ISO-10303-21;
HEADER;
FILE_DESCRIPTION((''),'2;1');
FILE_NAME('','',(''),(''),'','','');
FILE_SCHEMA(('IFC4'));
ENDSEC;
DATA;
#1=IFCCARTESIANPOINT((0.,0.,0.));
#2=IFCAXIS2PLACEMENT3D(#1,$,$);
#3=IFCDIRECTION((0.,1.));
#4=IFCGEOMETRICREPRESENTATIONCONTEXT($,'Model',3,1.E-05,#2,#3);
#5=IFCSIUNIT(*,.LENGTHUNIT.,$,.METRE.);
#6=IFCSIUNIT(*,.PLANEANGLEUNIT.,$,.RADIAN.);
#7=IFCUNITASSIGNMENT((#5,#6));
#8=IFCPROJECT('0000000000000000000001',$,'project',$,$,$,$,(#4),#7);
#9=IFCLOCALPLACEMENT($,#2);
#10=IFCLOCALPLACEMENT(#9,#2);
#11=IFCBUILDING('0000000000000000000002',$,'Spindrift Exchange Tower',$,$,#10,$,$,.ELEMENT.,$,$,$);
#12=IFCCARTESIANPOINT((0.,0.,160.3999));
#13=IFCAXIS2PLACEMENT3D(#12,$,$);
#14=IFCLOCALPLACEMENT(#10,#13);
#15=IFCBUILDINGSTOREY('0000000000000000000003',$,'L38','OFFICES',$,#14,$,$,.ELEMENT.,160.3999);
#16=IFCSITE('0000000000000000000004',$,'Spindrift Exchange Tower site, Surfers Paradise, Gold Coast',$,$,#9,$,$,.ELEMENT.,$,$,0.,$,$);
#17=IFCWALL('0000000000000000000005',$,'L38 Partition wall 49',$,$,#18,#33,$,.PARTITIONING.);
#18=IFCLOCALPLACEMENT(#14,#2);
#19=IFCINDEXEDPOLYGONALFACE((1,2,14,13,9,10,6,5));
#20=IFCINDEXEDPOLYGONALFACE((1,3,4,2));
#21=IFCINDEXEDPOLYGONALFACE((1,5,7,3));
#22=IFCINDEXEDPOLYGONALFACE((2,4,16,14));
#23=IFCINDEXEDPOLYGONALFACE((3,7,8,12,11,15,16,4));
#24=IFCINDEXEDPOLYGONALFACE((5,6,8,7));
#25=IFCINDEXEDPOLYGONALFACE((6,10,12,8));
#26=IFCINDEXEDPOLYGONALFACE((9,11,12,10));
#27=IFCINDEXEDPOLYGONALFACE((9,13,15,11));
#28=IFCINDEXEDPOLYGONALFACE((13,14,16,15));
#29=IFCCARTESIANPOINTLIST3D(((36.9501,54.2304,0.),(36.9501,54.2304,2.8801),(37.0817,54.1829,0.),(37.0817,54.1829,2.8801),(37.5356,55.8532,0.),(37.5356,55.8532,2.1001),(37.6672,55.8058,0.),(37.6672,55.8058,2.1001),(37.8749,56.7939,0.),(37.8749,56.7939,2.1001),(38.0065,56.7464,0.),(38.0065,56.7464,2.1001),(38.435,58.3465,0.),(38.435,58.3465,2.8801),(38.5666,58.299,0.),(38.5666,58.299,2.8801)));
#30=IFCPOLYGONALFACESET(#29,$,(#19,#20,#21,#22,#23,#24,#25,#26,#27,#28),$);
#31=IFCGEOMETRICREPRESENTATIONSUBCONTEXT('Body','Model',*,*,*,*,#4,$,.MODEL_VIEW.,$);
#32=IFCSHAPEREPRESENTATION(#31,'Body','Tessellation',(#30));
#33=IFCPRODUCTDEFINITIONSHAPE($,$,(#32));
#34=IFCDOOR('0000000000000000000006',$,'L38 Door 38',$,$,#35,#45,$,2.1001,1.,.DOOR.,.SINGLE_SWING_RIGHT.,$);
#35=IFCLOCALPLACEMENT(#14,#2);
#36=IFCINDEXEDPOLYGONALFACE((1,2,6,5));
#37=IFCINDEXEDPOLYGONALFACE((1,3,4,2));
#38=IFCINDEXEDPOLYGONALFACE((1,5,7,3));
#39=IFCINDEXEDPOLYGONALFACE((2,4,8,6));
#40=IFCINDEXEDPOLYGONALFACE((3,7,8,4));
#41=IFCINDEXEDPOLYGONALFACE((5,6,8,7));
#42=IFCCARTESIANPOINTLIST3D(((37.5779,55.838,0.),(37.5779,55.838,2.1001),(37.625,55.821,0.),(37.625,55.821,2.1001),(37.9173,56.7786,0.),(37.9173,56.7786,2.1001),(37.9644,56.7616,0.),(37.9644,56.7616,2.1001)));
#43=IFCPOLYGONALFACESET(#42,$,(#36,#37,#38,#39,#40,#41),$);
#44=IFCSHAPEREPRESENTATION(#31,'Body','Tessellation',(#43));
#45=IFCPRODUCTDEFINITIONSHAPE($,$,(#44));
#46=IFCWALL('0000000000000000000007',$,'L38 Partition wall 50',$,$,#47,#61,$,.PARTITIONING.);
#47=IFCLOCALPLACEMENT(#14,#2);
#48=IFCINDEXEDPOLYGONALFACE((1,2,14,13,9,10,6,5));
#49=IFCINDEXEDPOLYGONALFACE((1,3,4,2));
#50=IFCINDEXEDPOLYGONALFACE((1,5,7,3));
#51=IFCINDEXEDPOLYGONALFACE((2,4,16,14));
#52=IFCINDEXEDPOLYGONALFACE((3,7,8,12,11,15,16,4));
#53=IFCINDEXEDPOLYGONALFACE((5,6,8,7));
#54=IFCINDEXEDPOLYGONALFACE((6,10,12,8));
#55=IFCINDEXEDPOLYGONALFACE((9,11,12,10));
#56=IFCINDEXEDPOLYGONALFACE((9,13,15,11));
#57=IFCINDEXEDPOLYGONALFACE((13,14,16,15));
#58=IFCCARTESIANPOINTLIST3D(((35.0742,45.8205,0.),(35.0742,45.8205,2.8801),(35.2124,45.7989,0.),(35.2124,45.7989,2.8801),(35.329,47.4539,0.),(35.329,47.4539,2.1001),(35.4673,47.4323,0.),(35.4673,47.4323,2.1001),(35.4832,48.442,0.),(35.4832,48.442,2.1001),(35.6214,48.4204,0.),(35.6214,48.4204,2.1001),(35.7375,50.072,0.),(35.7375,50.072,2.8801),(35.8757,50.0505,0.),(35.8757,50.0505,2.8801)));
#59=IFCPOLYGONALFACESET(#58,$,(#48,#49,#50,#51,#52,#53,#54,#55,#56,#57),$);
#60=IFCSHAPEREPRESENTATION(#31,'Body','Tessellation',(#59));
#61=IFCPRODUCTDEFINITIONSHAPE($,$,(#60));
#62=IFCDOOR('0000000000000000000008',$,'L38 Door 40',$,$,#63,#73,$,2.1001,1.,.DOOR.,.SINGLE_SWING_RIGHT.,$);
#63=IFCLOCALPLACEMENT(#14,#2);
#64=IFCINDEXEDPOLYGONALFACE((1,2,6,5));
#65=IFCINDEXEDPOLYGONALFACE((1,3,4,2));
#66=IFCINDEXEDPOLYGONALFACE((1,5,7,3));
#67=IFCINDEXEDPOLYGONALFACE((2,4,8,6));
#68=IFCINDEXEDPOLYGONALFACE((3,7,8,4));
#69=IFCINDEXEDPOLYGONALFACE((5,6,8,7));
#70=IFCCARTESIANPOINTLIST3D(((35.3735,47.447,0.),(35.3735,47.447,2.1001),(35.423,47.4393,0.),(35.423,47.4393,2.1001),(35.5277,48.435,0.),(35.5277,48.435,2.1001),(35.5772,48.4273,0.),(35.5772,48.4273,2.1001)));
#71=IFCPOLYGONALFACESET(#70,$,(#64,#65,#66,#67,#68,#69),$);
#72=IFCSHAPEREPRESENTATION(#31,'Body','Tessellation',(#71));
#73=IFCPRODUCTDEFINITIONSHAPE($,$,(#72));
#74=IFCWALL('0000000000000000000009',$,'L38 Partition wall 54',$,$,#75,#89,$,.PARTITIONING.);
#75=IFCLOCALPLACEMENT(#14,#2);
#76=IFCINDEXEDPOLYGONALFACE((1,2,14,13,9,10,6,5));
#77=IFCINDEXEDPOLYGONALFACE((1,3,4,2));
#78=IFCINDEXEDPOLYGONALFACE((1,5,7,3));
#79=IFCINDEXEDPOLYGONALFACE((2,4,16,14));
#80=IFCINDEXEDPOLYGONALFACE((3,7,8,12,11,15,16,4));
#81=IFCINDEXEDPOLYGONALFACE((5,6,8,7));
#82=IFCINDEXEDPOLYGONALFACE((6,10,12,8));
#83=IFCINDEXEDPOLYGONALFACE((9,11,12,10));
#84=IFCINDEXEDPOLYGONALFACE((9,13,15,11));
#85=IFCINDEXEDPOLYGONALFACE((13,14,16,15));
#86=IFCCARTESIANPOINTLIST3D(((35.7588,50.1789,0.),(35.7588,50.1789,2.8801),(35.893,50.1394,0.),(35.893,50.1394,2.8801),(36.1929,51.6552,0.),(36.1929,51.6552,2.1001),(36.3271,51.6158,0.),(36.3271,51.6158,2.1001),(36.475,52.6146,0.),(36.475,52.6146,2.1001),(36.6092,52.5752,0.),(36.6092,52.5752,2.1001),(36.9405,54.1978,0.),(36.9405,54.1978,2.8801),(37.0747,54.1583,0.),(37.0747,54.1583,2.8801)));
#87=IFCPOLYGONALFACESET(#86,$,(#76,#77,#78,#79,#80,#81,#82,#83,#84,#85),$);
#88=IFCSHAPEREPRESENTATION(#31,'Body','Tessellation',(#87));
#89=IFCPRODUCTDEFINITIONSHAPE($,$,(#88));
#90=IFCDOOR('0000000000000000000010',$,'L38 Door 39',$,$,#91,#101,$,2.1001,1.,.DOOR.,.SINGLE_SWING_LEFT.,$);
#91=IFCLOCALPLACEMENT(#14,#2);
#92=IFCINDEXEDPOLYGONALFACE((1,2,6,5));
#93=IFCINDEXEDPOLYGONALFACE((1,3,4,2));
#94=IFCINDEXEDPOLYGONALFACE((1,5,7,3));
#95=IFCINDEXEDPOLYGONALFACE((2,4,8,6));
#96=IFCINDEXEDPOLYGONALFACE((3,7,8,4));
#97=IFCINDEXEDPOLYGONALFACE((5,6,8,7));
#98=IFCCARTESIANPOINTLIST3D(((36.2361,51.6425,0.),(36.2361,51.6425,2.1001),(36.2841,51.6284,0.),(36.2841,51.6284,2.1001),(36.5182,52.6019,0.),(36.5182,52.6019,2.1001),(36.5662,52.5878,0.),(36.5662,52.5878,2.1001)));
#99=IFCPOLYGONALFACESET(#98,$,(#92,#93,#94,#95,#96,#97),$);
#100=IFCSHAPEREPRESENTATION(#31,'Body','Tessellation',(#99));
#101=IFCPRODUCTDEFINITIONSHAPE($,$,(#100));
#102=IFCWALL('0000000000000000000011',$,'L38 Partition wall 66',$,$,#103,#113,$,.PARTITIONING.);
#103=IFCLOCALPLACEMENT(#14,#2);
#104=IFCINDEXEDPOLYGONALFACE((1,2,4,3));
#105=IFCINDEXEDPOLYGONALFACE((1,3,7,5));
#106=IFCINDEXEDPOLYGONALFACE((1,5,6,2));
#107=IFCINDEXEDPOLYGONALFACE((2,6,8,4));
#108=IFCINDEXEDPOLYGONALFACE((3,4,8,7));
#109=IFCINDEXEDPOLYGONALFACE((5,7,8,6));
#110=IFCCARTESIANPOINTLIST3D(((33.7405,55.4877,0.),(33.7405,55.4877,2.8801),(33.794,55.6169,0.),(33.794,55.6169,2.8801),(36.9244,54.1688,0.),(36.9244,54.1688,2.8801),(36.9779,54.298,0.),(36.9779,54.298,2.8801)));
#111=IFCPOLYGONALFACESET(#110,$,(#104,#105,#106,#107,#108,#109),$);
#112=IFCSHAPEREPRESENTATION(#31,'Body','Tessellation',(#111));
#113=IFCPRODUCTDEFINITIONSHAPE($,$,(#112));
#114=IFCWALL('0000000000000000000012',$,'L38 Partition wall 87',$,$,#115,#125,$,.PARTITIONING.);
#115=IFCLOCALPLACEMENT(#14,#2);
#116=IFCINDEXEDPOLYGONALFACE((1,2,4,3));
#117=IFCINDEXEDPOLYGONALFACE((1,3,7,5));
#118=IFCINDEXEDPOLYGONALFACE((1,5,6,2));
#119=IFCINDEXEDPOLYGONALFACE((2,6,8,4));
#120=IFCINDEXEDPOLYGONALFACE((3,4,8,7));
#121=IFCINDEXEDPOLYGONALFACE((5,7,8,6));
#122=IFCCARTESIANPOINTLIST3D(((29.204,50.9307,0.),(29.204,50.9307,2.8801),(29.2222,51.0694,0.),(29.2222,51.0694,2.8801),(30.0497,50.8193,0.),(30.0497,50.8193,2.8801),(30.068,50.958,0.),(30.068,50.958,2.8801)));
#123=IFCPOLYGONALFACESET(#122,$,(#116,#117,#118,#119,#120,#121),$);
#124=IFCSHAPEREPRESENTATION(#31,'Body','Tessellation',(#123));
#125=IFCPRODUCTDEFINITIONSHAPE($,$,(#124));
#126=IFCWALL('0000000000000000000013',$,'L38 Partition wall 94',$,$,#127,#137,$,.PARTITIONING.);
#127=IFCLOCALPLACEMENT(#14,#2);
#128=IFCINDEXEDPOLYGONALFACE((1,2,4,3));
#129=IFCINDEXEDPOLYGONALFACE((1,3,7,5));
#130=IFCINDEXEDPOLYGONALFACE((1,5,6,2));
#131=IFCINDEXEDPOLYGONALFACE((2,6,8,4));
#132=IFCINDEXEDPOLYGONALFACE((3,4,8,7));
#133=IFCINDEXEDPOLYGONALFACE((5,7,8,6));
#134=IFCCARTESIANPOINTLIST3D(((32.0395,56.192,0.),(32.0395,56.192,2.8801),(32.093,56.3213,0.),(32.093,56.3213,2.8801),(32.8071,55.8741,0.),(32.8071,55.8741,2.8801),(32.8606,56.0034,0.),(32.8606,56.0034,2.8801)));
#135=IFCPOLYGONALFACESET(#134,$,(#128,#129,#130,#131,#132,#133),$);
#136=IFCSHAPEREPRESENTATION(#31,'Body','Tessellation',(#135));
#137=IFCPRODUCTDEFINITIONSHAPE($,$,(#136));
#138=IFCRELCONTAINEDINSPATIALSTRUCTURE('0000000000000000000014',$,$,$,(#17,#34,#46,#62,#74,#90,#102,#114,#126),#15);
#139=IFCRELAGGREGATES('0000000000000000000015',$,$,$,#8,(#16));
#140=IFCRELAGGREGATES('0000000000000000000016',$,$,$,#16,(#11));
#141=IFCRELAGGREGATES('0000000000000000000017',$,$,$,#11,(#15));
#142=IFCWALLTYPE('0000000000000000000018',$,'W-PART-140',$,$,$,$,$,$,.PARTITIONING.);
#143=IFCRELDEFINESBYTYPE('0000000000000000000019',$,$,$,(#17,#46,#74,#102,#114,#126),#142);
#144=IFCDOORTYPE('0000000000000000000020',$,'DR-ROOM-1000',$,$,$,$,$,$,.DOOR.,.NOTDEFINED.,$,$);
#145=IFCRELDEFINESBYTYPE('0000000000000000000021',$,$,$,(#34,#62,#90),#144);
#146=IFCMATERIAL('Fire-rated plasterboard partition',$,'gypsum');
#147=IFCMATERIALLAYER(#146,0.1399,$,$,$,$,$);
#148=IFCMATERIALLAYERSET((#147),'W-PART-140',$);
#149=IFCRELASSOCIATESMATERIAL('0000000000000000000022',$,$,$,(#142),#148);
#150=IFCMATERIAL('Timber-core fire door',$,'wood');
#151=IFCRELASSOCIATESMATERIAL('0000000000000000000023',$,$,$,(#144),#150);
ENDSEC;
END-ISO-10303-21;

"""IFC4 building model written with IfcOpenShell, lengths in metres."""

from ifc_helpers import new_model, si_unit, direction, frame, frame_2d, origin, place, context, subcontext, project, spatial, rectangle, extrude, source, transform, mapped, material, layer, layer_set, type_object, element, fill, save


model = new_model("IFC4")

# Units and contexts
model_context = context("Model", 3, precision=1e-05, world=origin(), true_north=direction((0.0, 1.0)))
body_context = subcontext(model_context, "Body", "Model", "MODEL_VIEW")
ifc_project = project(units=[si_unit("LENGTHUNIT", "METRE"), si_unit("PLANEANGLEUNIT", "RADIAN")], contexts=[model_context])

# Site, building, storey
site_placement = place(None, origin())
site = spatial("IfcSite", under=ifc_project, at=site_placement, Name="Spindrift Exchange Tower site, Surfers Paradise, Gold Coast", CompositionType="ELEMENT", RefElevation=0.0)
building_placement = place(site_placement, origin())
building = spatial("IfcBuilding", under=site, at=building_placement, Name="Spindrift Exchange Tower", CompositionType="ELEMENT")
storey_placement = place(building_placement, frame((0.0, 0.0, 160.3999)))
storey = spatial("IfcBuildingStorey", under=building, at=storey_placement, Name="L38", Description="OFFICES", CompositionType="ELEMENT", Elevation=160.3999)

# Shared definitions
ifc_material_1 = material(Name="Fire-rated plasterboard partition", Category="gypsum")
ifc_layer_1 = layer(ifc_material_1, 0.1399)
ifc_layer_set_1 = layer_set([ifc_layer_1], Name="W-PART-140")
wall_type = type_object("IfcWallType", Name="W-PART-140", PredefinedType="PARTITIONING", material=ifc_layer_set_1)

# Walls, openings, doors
wall_1_placement = place(storey_placement, frame((37.0159, 54.2065, 0.0), z_axis=(0.0, 0.0, 1.0), x_axis=(0.33935, 0.94066, 0.0)))
wall_1 = element("IfcWall", 1, at=wall_1_placement, inside=storey, type_object=wall_type, Name="L38 Partition wall 49", PredefinedType="PARTITIONING", context=body_context, shape_type="SweptSolid", body=[
    extrude(rectangle(XDim=4.3757, YDim=0.1399, at=frame_2d((2.188, 0.0))), origin(), (0.0, 0.0, 1.0), 2.8801),
])
opening_1_placement = place(wall_1_placement, frame((1.7253, 0.0, 0.0)))
opening_1 = element("IfcOpeningElement", 2, at=opening_1_placement, cuts=wall_1, PredefinedType="OPENING", context=body_context, shape_type="SweptSolid", body=[
    extrude(rectangle(XDim=1.0, YDim=2.1001, at=frame_2d((0.5, 1.05))), frame((0.0, 0.0798, 0.0), z_axis=(0.0, -1.0, 0.0), x_axis=(1.0, 0.0, 0.0)), (0.0, 0.0, 1.0), 0.1599),
])
ifc_material_2 = material(Name="Timber-core fire door", Category="wood")
door_type = type_object("IfcDoorType", Name="DR-ROOM-1000", OperationType="NOTDEFINED", PredefinedType="DOOR", material=ifc_material_2)
shared_shape_1 = source(origin(), body_context, "Body", "SweptSolid", [
    extrude(rectangle(XDim=1.0, YDim=2.1001, at=frame_2d((0.5, 1.05))), frame((0.0, 0.0249, 0.0), z_axis=(0.0, -1.0, 0.0), x_axis=(1.0, 0.0, 0.0)), (0.0, 0.0, 1.0), 0.05),
])
door_1_placement = place(opening_1_placement, origin())
door_1 = element("IfcDoor", 3, at=door_1_placement, inside=storey, type_object=door_type, Name="L38 Door 38", OperationType="SINGLE_SWING_RIGHT", OverallHeight=2.1001, OverallWidth=1.0, PredefinedType="DOOR", context=body_context, shape_type="MappedRepresentation", body=[
    mapped(shared_shape_1, transform((0.0, 0.0, 0.0), scale=1.0)),
])
fill(opening_1, door_1)
wall_2_placement = place(storey_placement, frame((35.1433, 45.8098, 0.0), z_axis=(0.0, 0.0, 1.0), x_axis=(0.154159, 0.988046, 0.0)))
wall_2 = element("IfcWall", 4, at=wall_2_placement, inside=storey, type_object=wall_type, Name="L38 Partition wall 50", PredefinedType="PARTITIONING", context=body_context, shape_type="SweptSolid", body=[
    extrude(rectangle(XDim=4.303, YDim=0.1399, at=frame_2d((2.1514, 0.0))), origin(), (0.0, 0.0, 1.0), 2.8801),
])
opening_2_placement = place(wall_2_placement, frame((1.6531, 0.0, 0.0)))
opening_2 = element("IfcOpeningElement", 5, at=opening_2_placement, cuts=wall_2, PredefinedType="OPENING", context=body_context, shape_type="SweptSolid", body=[
    extrude(rectangle(XDim=1.0, YDim=2.1001, at=frame_2d((0.5, 1.05))), frame((0.0, 0.0798, 0.0), z_axis=(0.0, -1.0, 0.0), x_axis=(1.0, 0.0, 0.0)), (0.0, 0.0, 1.0), 0.1599),
])
door_2_placement = place(opening_2_placement, origin())
door_2 = element("IfcDoor", 6, at=door_2_placement, inside=storey, type_object=door_type, Name="L38 Door 40", OperationType="SINGLE_SWING_RIGHT", OverallHeight=2.1001, OverallWidth=1.0, PredefinedType="DOOR", context=body_context, shape_type="MappedRepresentation", body=[
    mapped(shared_shape_1, transform((0.0, 0.0, 0.0), scale=1.0)),
])
fill(opening_2, door_2)
wall_3_placement = place(storey_placement, frame((35.8259, 50.1592, 0.0), z_axis=(0.0, 0.0, 1.0), x_axis=(0.282087, 0.959389, 0.0)))
wall_3 = element("IfcWall", 7, at=wall_3_placement, inside=storey, type_object=wall_type, Name="L38 Partition wall 54", PredefinedType="PARTITIONING", context=body_context, shape_type="SweptSolid", body=[
    extrude(rectangle(XDim=4.189, YDim=0.1399, at=frame_2d((2.0945, 0.0))), origin(), (0.0, 0.0, 1.0), 2.8801),
])
opening_3_placement = place(wall_3_placement, frame((1.5388, 0.0, 0.0)))
opening_3 = element("IfcOpeningElement", 8, at=opening_3_placement, cuts=wall_3, PredefinedType="OPENING", context=body_context, shape_type="SweptSolid", body=[
    extrude(rectangle(XDim=1.0, YDim=2.1001, at=frame_2d((0.5, 1.05))), frame((0.0, 0.0798, 0.0), z_axis=(0.0, -1.0, 0.0), x_axis=(1.0, 0.0, 0.0)), (0.0, 0.0, 1.0), 0.1599),
])
door_3_placement = place(opening_3_placement, origin())
door_3 = element("IfcDoor", 9, at=door_3_placement, inside=storey, type_object=door_type, Name="L38 Door 39", OperationType="SINGLE_SWING_LEFT", OverallHeight=2.1001, OverallWidth=1.0, PredefinedType="DOOR", context=body_context, shape_type="MappedRepresentation", body=[
    mapped(shared_shape_1, transform((0.0, 0.0, 0.0), scale=1.0)),
])
fill(opening_3, door_3)

# Walls
wall_4_placement = place(storey_placement, frame((36.9512, 54.2334, 0.0), z_axis=(0.0, 0.0, 1.0), x_axis=(-0.923873, 0.382698, 0.0)))
element("IfcWall", 10, at=wall_4_placement, inside=storey, type_object=wall_type, Name="L38 Partition wall 66", PredefinedType="PARTITIONING", context=body_context, shape_type="SweptSolid", body=[
    extrude(rectangle(XDim=3.4463, YDim=0.1399, at=frame_2d((1.7231, 0.0))), origin(), (0.0, 0.0, 1.0), 2.8801),
])
wall_5_placement = place(storey_placement, frame((30.0588, 50.8887, 0.0), z_axis=(0.0, 0.0, 1.0), x_axis=(-0.991447, 0.130514, 0.0)))
element("IfcWall", 11, at=wall_5_placement, inside=storey, type_object=wall_type, Name="L38 Partition wall 87", PredefinedType="PARTITIONING", context=body_context, shape_type="SweptSolid", body=[
    extrude(rectangle(XDim=0.853, YDim=0.1399, at=frame_2d((0.4265, 0.0))), origin(), (0.0, 0.0, 1.0), 2.8801),
])
wall_6_placement = place(storey_placement, frame((32.834, 55.9387, 0.0), z_axis=(0.0, 0.0, 1.0), x_axis=(-0.923909, 0.382611, 0.0)))
element("IfcWall", 12, at=wall_6_placement, inside=storey, type_object=wall_type, Name="L38 Partition wall 94", PredefinedType="PARTITIONING", context=body_context, shape_type="SweptSolid", body=[
    extrude(rectangle(XDim=0.8308, YDim=0.1399, at=frame_2d((0.4155, 0.0))), origin(), (0.0, 0.0, 1.0), 2.8801),
])

save(model, "model.ifc")
